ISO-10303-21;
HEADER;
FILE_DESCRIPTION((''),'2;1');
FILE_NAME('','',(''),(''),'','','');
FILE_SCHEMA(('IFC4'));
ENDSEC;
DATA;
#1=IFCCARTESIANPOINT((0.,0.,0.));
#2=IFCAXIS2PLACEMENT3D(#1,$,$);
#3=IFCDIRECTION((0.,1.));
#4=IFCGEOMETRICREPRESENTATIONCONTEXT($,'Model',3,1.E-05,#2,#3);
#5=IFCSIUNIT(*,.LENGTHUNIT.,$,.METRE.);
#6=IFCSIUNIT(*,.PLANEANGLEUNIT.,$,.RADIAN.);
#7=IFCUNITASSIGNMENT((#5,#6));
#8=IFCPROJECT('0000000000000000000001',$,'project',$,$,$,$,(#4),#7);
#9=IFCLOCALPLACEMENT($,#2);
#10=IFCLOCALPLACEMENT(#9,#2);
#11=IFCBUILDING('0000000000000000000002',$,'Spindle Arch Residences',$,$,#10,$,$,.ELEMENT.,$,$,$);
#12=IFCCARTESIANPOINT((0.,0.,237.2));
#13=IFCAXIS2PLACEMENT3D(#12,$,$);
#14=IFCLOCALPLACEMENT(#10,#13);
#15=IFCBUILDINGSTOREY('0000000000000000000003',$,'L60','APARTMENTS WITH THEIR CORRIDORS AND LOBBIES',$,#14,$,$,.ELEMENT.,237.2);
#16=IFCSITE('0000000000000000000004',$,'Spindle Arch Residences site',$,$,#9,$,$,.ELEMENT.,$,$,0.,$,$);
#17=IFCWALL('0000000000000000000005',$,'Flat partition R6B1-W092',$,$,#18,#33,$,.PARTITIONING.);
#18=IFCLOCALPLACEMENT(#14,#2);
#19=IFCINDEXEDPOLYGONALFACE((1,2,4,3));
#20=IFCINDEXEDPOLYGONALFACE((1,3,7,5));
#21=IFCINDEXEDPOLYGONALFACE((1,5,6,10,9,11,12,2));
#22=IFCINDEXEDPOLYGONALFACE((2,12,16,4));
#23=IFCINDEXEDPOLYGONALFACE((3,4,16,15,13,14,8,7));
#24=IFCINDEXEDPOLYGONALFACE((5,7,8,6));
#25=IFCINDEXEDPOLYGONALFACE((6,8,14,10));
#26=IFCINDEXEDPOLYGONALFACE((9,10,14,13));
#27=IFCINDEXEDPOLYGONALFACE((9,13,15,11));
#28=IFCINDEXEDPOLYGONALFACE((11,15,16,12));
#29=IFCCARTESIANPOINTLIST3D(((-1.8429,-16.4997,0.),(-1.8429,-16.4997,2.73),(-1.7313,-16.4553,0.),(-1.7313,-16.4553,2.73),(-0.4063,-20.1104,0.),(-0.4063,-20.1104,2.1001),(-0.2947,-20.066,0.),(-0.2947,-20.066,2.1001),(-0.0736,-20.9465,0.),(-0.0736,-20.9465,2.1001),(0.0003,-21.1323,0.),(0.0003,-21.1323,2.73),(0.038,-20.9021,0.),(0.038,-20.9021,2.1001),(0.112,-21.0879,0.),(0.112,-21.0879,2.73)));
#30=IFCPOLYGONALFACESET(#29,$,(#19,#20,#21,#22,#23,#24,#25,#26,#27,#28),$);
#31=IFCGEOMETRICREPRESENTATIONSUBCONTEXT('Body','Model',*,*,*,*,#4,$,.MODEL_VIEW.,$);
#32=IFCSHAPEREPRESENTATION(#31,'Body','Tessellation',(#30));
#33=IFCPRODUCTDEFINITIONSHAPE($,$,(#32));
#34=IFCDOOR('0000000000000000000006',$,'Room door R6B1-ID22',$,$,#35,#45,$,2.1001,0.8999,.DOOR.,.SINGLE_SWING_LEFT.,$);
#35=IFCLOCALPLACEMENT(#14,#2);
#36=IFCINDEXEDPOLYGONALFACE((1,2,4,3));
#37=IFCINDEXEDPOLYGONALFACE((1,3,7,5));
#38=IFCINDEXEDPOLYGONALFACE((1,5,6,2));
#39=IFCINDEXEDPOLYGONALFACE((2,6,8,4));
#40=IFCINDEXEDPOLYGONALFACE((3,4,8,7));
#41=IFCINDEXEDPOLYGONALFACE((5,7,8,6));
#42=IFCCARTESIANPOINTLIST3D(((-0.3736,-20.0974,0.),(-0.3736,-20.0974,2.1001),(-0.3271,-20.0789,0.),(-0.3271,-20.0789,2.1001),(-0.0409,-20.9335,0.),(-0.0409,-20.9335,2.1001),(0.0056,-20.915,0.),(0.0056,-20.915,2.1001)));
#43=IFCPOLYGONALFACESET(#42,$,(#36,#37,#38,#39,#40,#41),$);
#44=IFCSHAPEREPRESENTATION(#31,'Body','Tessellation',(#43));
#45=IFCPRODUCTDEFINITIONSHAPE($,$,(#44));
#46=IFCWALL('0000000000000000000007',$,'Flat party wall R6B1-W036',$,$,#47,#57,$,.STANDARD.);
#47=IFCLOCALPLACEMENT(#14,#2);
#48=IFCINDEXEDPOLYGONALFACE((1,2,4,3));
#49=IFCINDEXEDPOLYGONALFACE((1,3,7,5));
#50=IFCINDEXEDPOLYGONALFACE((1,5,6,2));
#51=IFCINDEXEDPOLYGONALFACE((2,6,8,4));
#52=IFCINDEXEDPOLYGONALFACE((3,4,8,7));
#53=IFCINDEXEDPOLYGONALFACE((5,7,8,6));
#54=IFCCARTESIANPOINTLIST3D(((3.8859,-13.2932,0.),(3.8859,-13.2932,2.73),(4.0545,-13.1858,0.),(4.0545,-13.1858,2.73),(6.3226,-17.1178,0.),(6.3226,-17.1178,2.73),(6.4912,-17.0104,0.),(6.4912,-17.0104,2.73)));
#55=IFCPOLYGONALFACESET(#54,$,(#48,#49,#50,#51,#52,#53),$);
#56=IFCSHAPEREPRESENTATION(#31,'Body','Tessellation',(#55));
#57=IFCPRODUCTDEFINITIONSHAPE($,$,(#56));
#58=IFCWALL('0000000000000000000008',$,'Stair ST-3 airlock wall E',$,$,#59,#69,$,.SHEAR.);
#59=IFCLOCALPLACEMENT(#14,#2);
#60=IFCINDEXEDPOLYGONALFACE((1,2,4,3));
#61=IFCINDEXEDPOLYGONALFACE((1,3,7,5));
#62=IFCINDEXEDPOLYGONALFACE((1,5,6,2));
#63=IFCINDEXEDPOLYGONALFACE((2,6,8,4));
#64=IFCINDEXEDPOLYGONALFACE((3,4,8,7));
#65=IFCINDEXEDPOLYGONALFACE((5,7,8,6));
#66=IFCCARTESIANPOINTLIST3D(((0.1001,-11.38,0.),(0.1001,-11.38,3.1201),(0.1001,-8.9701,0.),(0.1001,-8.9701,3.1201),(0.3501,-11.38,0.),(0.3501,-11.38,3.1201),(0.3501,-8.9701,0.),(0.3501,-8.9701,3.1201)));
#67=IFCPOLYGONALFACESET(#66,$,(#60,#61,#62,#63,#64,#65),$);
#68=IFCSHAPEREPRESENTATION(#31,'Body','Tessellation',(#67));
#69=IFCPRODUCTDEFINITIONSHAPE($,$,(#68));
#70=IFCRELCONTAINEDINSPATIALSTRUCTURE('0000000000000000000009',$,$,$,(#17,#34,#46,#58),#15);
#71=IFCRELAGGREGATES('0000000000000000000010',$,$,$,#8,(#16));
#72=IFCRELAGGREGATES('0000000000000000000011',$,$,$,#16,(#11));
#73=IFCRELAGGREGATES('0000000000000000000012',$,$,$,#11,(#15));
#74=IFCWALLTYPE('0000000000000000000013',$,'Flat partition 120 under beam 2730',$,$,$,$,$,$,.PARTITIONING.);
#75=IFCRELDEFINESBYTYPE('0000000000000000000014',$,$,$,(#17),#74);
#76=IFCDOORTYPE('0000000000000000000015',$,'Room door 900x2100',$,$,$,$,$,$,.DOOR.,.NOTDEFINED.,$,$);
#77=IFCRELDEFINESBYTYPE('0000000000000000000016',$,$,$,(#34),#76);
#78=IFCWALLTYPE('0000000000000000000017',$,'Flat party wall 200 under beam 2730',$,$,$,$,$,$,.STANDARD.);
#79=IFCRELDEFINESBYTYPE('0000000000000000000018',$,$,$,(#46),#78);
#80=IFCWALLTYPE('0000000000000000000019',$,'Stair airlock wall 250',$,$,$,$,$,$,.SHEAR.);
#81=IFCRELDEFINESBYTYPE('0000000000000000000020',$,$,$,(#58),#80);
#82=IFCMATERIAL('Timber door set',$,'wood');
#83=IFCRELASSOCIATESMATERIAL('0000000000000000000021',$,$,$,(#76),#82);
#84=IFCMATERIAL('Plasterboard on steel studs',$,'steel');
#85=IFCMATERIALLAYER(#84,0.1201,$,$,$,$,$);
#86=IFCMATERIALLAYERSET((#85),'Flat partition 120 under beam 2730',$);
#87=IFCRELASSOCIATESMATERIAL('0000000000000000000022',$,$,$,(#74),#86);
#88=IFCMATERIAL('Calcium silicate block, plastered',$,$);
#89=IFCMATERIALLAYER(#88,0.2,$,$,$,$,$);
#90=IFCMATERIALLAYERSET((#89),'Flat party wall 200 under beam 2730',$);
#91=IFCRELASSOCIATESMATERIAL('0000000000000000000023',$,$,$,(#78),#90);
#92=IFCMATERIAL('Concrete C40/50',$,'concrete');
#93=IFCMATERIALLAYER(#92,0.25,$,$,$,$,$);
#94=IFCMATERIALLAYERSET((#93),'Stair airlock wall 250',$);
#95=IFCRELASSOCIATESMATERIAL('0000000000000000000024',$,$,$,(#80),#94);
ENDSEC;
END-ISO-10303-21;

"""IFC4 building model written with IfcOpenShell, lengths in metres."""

from ifc_helpers import new_model, si_unit, direction, frame, frame_2d, origin, place, context, subcontext, project, spatial, rectangle, extrude, material, layer, layer_set, type_object, element, fill, save


model = new_model("IFC4")

# Units and contexts
model_context = context("Model", 3, precision=1e-05, world=origin(), true_north=direction((0.0, 1.0)))
body_context = subcontext(model_context, "Body", "Model", "MODEL_VIEW")
ifc_project = project(units=[si_unit("LENGTHUNIT", "METRE"), si_unit("PLANEANGLEUNIT", "RADIAN")], contexts=[model_context])

# Site, building, storey
site_placement = place(None, origin())
site = spatial("IfcSite", under=ifc_project, at=site_placement, Name="Spindle Arch Residences site", CompositionType="ELEMENT", RefElevation=0.0)
building_placement = place(site_placement, origin())
building = spatial("IfcBuilding", under=site, at=building_placement, Name="Spindle Arch Residences", CompositionType="ELEMENT")
storey_placement = place(building_placement, frame((0.0, 0.0, 237.2)))
storey = spatial("IfcBuildingStorey", under=building, at=storey_placement, Name="L60", Description="APARTMENTS WITH THEIR CORRIDORS AND LOBBIES", CompositionType="ELEMENT", Elevation=237.2)

# Shared definitions
ifc_material_1 = material(Name="Timber door set", Category="wood")
door_type_1 = type_object("IfcDoorType", Name="Room door 900x2100", OperationType="NOTDEFINED", PredefinedType="DOOR", material=ifc_material_1)

# Wall, opening, door
ifc_material_2 = material(Name="Plasterboard on steel studs", Category="steel")
ifc_layer_1 = layer(ifc_material_2, 0.1201)
ifc_layer_set_1 = layer_set([ifc_layer_1], Name="Flat partition 120 under beam 2730")
wall_type_1 = type_object("IfcWallType", Name="Flat partition 120 under beam 2730", PredefinedType="PARTITIONING", material=ifc_layer_set_1)
wall_1_placement = place(storey_placement, frame((0.0562, -21.1101, 0.0), z_axis=(0.0, 0.0, 1.0), x_axis=(-0.369702, 0.929151, 0.0)))
wall_1 = element("IfcWall", 1, at=wall_1_placement, inside=storey, type_object=wall_type_1, Name="Flat partition R6B1-W092", PredefinedType="PARTITIONING", context=body_context, shape_type="SweptSolid", body=[
    extrude(rectangle(XDim=4.9858, YDim=0.1201, at=frame_2d((2.4929, 0.0))), origin(), (0.0, 0.0, 1.0), 2.73),
])
opening_1_placement = place(wall_1_placement, frame((0.2, 0.0, 0.0)))
opening_1 = element("IfcOpeningElement", 2, at=opening_1_placement, cuts=wall_1, PredefinedType="OPENING", context=body_context, shape_type="SweptSolid", body=[
    extrude(rectangle(XDim=0.8999, YDim=2.1001, at=frame_2d((0.45, 1.05))), frame((0.0, 0.0701, 0.0), z_axis=(0.0, -1.0, 0.0), x_axis=(1.0, 0.0, 0.0)), (0.0, 0.0, 1.0), 0.1401),
])
door_1_placement = place(opening_1_placement, origin())
door_1 = element("IfcDoor", 3, at=door_1_placement, inside=storey, type_object=door_type_1, Name="Room door R6B1-ID22", OperationType="SINGLE_SWING_LEFT", OverallHeight=2.1001, OverallWidth=0.8999, PredefinedType="DOOR", context=body_context, shape_type="SweptSolid", body=[
    extrude(rectangle(XDim=0.8999, YDim=2.1001, at=frame_2d((0.45, 1.05))), frame((0.0, 0.0249, 0.0), z_axis=(0.0, -1.0, 0.0), x_axis=(1.0, 0.0, 0.0)), (0.0, 0.0, 1.0), 0.05),
])
fill(opening_1, door_1)

# Walls
ifc_material_3 = material(Name="Calcium silicate block, plastered")
ifc_layer_2 = layer(ifc_material_3, 0.2)
ifc_layer_set_2 = layer_set([ifc_layer_2], Name="Flat party wall 200 under beam 2730")
wall_type_2 = type_object("IfcWallType", Name="Flat party wall 200 under beam 2730", PredefinedType="STANDARD", material=ifc_layer_set_2)
wall_2_placement = place(storey_placement, frame((6.407, -17.0642, 0.0), z_axis=(0.0, 0.0, 1.0), x_axis=(-0.537325, 0.843375, 0.0)))
element("IfcWall", 4, at=wall_2_placement, inside=storey, type_object=wall_type_2, Name="Flat party wall R6B1-W036", PredefinedType="STANDARD", context=body_context, shape_type="SweptSolid", body=[
    extrude(rectangle(XDim=4.5349, YDim=0.2, at=frame_2d((2.2676, 0.0))), origin(), (0.0, 0.0, 1.0), 2.73),
])
ifc_material_4 = material(Name="Concrete C40/50", Category="concrete")
ifc_layer_3 = layer(ifc_material_4, 0.25)
ifc_layer_set_3 = layer_set([ifc_layer_3], Name="Stair airlock wall 250")
wall_type_3 = type_object("IfcWallType", Name="Stair airlock wall 250", PredefinedType="SHEAR", material=ifc_layer_set_3)
wall_3_placement = place(storey_placement, frame((0.2251, -8.97, 0.0), z_axis=(0.0, 0.0, 1.0), x_axis=(0.0, -1.0, 0.0)))
element("IfcWall", 5, at=wall_3_placement, inside=storey, type_object=wall_type_3, Name="Stair ST-3 airlock wall E", PredefinedType="SHEAR", context=body_context, shape_type="SweptSolid", body=[
    extrude(rectangle(XDim=2.4099, YDim=0.25, at=frame_2d((1.2051, 0.0))), origin(), (0.0, 0.0, 1.0), 3.1201),
])

save(model, "model.ifc")
